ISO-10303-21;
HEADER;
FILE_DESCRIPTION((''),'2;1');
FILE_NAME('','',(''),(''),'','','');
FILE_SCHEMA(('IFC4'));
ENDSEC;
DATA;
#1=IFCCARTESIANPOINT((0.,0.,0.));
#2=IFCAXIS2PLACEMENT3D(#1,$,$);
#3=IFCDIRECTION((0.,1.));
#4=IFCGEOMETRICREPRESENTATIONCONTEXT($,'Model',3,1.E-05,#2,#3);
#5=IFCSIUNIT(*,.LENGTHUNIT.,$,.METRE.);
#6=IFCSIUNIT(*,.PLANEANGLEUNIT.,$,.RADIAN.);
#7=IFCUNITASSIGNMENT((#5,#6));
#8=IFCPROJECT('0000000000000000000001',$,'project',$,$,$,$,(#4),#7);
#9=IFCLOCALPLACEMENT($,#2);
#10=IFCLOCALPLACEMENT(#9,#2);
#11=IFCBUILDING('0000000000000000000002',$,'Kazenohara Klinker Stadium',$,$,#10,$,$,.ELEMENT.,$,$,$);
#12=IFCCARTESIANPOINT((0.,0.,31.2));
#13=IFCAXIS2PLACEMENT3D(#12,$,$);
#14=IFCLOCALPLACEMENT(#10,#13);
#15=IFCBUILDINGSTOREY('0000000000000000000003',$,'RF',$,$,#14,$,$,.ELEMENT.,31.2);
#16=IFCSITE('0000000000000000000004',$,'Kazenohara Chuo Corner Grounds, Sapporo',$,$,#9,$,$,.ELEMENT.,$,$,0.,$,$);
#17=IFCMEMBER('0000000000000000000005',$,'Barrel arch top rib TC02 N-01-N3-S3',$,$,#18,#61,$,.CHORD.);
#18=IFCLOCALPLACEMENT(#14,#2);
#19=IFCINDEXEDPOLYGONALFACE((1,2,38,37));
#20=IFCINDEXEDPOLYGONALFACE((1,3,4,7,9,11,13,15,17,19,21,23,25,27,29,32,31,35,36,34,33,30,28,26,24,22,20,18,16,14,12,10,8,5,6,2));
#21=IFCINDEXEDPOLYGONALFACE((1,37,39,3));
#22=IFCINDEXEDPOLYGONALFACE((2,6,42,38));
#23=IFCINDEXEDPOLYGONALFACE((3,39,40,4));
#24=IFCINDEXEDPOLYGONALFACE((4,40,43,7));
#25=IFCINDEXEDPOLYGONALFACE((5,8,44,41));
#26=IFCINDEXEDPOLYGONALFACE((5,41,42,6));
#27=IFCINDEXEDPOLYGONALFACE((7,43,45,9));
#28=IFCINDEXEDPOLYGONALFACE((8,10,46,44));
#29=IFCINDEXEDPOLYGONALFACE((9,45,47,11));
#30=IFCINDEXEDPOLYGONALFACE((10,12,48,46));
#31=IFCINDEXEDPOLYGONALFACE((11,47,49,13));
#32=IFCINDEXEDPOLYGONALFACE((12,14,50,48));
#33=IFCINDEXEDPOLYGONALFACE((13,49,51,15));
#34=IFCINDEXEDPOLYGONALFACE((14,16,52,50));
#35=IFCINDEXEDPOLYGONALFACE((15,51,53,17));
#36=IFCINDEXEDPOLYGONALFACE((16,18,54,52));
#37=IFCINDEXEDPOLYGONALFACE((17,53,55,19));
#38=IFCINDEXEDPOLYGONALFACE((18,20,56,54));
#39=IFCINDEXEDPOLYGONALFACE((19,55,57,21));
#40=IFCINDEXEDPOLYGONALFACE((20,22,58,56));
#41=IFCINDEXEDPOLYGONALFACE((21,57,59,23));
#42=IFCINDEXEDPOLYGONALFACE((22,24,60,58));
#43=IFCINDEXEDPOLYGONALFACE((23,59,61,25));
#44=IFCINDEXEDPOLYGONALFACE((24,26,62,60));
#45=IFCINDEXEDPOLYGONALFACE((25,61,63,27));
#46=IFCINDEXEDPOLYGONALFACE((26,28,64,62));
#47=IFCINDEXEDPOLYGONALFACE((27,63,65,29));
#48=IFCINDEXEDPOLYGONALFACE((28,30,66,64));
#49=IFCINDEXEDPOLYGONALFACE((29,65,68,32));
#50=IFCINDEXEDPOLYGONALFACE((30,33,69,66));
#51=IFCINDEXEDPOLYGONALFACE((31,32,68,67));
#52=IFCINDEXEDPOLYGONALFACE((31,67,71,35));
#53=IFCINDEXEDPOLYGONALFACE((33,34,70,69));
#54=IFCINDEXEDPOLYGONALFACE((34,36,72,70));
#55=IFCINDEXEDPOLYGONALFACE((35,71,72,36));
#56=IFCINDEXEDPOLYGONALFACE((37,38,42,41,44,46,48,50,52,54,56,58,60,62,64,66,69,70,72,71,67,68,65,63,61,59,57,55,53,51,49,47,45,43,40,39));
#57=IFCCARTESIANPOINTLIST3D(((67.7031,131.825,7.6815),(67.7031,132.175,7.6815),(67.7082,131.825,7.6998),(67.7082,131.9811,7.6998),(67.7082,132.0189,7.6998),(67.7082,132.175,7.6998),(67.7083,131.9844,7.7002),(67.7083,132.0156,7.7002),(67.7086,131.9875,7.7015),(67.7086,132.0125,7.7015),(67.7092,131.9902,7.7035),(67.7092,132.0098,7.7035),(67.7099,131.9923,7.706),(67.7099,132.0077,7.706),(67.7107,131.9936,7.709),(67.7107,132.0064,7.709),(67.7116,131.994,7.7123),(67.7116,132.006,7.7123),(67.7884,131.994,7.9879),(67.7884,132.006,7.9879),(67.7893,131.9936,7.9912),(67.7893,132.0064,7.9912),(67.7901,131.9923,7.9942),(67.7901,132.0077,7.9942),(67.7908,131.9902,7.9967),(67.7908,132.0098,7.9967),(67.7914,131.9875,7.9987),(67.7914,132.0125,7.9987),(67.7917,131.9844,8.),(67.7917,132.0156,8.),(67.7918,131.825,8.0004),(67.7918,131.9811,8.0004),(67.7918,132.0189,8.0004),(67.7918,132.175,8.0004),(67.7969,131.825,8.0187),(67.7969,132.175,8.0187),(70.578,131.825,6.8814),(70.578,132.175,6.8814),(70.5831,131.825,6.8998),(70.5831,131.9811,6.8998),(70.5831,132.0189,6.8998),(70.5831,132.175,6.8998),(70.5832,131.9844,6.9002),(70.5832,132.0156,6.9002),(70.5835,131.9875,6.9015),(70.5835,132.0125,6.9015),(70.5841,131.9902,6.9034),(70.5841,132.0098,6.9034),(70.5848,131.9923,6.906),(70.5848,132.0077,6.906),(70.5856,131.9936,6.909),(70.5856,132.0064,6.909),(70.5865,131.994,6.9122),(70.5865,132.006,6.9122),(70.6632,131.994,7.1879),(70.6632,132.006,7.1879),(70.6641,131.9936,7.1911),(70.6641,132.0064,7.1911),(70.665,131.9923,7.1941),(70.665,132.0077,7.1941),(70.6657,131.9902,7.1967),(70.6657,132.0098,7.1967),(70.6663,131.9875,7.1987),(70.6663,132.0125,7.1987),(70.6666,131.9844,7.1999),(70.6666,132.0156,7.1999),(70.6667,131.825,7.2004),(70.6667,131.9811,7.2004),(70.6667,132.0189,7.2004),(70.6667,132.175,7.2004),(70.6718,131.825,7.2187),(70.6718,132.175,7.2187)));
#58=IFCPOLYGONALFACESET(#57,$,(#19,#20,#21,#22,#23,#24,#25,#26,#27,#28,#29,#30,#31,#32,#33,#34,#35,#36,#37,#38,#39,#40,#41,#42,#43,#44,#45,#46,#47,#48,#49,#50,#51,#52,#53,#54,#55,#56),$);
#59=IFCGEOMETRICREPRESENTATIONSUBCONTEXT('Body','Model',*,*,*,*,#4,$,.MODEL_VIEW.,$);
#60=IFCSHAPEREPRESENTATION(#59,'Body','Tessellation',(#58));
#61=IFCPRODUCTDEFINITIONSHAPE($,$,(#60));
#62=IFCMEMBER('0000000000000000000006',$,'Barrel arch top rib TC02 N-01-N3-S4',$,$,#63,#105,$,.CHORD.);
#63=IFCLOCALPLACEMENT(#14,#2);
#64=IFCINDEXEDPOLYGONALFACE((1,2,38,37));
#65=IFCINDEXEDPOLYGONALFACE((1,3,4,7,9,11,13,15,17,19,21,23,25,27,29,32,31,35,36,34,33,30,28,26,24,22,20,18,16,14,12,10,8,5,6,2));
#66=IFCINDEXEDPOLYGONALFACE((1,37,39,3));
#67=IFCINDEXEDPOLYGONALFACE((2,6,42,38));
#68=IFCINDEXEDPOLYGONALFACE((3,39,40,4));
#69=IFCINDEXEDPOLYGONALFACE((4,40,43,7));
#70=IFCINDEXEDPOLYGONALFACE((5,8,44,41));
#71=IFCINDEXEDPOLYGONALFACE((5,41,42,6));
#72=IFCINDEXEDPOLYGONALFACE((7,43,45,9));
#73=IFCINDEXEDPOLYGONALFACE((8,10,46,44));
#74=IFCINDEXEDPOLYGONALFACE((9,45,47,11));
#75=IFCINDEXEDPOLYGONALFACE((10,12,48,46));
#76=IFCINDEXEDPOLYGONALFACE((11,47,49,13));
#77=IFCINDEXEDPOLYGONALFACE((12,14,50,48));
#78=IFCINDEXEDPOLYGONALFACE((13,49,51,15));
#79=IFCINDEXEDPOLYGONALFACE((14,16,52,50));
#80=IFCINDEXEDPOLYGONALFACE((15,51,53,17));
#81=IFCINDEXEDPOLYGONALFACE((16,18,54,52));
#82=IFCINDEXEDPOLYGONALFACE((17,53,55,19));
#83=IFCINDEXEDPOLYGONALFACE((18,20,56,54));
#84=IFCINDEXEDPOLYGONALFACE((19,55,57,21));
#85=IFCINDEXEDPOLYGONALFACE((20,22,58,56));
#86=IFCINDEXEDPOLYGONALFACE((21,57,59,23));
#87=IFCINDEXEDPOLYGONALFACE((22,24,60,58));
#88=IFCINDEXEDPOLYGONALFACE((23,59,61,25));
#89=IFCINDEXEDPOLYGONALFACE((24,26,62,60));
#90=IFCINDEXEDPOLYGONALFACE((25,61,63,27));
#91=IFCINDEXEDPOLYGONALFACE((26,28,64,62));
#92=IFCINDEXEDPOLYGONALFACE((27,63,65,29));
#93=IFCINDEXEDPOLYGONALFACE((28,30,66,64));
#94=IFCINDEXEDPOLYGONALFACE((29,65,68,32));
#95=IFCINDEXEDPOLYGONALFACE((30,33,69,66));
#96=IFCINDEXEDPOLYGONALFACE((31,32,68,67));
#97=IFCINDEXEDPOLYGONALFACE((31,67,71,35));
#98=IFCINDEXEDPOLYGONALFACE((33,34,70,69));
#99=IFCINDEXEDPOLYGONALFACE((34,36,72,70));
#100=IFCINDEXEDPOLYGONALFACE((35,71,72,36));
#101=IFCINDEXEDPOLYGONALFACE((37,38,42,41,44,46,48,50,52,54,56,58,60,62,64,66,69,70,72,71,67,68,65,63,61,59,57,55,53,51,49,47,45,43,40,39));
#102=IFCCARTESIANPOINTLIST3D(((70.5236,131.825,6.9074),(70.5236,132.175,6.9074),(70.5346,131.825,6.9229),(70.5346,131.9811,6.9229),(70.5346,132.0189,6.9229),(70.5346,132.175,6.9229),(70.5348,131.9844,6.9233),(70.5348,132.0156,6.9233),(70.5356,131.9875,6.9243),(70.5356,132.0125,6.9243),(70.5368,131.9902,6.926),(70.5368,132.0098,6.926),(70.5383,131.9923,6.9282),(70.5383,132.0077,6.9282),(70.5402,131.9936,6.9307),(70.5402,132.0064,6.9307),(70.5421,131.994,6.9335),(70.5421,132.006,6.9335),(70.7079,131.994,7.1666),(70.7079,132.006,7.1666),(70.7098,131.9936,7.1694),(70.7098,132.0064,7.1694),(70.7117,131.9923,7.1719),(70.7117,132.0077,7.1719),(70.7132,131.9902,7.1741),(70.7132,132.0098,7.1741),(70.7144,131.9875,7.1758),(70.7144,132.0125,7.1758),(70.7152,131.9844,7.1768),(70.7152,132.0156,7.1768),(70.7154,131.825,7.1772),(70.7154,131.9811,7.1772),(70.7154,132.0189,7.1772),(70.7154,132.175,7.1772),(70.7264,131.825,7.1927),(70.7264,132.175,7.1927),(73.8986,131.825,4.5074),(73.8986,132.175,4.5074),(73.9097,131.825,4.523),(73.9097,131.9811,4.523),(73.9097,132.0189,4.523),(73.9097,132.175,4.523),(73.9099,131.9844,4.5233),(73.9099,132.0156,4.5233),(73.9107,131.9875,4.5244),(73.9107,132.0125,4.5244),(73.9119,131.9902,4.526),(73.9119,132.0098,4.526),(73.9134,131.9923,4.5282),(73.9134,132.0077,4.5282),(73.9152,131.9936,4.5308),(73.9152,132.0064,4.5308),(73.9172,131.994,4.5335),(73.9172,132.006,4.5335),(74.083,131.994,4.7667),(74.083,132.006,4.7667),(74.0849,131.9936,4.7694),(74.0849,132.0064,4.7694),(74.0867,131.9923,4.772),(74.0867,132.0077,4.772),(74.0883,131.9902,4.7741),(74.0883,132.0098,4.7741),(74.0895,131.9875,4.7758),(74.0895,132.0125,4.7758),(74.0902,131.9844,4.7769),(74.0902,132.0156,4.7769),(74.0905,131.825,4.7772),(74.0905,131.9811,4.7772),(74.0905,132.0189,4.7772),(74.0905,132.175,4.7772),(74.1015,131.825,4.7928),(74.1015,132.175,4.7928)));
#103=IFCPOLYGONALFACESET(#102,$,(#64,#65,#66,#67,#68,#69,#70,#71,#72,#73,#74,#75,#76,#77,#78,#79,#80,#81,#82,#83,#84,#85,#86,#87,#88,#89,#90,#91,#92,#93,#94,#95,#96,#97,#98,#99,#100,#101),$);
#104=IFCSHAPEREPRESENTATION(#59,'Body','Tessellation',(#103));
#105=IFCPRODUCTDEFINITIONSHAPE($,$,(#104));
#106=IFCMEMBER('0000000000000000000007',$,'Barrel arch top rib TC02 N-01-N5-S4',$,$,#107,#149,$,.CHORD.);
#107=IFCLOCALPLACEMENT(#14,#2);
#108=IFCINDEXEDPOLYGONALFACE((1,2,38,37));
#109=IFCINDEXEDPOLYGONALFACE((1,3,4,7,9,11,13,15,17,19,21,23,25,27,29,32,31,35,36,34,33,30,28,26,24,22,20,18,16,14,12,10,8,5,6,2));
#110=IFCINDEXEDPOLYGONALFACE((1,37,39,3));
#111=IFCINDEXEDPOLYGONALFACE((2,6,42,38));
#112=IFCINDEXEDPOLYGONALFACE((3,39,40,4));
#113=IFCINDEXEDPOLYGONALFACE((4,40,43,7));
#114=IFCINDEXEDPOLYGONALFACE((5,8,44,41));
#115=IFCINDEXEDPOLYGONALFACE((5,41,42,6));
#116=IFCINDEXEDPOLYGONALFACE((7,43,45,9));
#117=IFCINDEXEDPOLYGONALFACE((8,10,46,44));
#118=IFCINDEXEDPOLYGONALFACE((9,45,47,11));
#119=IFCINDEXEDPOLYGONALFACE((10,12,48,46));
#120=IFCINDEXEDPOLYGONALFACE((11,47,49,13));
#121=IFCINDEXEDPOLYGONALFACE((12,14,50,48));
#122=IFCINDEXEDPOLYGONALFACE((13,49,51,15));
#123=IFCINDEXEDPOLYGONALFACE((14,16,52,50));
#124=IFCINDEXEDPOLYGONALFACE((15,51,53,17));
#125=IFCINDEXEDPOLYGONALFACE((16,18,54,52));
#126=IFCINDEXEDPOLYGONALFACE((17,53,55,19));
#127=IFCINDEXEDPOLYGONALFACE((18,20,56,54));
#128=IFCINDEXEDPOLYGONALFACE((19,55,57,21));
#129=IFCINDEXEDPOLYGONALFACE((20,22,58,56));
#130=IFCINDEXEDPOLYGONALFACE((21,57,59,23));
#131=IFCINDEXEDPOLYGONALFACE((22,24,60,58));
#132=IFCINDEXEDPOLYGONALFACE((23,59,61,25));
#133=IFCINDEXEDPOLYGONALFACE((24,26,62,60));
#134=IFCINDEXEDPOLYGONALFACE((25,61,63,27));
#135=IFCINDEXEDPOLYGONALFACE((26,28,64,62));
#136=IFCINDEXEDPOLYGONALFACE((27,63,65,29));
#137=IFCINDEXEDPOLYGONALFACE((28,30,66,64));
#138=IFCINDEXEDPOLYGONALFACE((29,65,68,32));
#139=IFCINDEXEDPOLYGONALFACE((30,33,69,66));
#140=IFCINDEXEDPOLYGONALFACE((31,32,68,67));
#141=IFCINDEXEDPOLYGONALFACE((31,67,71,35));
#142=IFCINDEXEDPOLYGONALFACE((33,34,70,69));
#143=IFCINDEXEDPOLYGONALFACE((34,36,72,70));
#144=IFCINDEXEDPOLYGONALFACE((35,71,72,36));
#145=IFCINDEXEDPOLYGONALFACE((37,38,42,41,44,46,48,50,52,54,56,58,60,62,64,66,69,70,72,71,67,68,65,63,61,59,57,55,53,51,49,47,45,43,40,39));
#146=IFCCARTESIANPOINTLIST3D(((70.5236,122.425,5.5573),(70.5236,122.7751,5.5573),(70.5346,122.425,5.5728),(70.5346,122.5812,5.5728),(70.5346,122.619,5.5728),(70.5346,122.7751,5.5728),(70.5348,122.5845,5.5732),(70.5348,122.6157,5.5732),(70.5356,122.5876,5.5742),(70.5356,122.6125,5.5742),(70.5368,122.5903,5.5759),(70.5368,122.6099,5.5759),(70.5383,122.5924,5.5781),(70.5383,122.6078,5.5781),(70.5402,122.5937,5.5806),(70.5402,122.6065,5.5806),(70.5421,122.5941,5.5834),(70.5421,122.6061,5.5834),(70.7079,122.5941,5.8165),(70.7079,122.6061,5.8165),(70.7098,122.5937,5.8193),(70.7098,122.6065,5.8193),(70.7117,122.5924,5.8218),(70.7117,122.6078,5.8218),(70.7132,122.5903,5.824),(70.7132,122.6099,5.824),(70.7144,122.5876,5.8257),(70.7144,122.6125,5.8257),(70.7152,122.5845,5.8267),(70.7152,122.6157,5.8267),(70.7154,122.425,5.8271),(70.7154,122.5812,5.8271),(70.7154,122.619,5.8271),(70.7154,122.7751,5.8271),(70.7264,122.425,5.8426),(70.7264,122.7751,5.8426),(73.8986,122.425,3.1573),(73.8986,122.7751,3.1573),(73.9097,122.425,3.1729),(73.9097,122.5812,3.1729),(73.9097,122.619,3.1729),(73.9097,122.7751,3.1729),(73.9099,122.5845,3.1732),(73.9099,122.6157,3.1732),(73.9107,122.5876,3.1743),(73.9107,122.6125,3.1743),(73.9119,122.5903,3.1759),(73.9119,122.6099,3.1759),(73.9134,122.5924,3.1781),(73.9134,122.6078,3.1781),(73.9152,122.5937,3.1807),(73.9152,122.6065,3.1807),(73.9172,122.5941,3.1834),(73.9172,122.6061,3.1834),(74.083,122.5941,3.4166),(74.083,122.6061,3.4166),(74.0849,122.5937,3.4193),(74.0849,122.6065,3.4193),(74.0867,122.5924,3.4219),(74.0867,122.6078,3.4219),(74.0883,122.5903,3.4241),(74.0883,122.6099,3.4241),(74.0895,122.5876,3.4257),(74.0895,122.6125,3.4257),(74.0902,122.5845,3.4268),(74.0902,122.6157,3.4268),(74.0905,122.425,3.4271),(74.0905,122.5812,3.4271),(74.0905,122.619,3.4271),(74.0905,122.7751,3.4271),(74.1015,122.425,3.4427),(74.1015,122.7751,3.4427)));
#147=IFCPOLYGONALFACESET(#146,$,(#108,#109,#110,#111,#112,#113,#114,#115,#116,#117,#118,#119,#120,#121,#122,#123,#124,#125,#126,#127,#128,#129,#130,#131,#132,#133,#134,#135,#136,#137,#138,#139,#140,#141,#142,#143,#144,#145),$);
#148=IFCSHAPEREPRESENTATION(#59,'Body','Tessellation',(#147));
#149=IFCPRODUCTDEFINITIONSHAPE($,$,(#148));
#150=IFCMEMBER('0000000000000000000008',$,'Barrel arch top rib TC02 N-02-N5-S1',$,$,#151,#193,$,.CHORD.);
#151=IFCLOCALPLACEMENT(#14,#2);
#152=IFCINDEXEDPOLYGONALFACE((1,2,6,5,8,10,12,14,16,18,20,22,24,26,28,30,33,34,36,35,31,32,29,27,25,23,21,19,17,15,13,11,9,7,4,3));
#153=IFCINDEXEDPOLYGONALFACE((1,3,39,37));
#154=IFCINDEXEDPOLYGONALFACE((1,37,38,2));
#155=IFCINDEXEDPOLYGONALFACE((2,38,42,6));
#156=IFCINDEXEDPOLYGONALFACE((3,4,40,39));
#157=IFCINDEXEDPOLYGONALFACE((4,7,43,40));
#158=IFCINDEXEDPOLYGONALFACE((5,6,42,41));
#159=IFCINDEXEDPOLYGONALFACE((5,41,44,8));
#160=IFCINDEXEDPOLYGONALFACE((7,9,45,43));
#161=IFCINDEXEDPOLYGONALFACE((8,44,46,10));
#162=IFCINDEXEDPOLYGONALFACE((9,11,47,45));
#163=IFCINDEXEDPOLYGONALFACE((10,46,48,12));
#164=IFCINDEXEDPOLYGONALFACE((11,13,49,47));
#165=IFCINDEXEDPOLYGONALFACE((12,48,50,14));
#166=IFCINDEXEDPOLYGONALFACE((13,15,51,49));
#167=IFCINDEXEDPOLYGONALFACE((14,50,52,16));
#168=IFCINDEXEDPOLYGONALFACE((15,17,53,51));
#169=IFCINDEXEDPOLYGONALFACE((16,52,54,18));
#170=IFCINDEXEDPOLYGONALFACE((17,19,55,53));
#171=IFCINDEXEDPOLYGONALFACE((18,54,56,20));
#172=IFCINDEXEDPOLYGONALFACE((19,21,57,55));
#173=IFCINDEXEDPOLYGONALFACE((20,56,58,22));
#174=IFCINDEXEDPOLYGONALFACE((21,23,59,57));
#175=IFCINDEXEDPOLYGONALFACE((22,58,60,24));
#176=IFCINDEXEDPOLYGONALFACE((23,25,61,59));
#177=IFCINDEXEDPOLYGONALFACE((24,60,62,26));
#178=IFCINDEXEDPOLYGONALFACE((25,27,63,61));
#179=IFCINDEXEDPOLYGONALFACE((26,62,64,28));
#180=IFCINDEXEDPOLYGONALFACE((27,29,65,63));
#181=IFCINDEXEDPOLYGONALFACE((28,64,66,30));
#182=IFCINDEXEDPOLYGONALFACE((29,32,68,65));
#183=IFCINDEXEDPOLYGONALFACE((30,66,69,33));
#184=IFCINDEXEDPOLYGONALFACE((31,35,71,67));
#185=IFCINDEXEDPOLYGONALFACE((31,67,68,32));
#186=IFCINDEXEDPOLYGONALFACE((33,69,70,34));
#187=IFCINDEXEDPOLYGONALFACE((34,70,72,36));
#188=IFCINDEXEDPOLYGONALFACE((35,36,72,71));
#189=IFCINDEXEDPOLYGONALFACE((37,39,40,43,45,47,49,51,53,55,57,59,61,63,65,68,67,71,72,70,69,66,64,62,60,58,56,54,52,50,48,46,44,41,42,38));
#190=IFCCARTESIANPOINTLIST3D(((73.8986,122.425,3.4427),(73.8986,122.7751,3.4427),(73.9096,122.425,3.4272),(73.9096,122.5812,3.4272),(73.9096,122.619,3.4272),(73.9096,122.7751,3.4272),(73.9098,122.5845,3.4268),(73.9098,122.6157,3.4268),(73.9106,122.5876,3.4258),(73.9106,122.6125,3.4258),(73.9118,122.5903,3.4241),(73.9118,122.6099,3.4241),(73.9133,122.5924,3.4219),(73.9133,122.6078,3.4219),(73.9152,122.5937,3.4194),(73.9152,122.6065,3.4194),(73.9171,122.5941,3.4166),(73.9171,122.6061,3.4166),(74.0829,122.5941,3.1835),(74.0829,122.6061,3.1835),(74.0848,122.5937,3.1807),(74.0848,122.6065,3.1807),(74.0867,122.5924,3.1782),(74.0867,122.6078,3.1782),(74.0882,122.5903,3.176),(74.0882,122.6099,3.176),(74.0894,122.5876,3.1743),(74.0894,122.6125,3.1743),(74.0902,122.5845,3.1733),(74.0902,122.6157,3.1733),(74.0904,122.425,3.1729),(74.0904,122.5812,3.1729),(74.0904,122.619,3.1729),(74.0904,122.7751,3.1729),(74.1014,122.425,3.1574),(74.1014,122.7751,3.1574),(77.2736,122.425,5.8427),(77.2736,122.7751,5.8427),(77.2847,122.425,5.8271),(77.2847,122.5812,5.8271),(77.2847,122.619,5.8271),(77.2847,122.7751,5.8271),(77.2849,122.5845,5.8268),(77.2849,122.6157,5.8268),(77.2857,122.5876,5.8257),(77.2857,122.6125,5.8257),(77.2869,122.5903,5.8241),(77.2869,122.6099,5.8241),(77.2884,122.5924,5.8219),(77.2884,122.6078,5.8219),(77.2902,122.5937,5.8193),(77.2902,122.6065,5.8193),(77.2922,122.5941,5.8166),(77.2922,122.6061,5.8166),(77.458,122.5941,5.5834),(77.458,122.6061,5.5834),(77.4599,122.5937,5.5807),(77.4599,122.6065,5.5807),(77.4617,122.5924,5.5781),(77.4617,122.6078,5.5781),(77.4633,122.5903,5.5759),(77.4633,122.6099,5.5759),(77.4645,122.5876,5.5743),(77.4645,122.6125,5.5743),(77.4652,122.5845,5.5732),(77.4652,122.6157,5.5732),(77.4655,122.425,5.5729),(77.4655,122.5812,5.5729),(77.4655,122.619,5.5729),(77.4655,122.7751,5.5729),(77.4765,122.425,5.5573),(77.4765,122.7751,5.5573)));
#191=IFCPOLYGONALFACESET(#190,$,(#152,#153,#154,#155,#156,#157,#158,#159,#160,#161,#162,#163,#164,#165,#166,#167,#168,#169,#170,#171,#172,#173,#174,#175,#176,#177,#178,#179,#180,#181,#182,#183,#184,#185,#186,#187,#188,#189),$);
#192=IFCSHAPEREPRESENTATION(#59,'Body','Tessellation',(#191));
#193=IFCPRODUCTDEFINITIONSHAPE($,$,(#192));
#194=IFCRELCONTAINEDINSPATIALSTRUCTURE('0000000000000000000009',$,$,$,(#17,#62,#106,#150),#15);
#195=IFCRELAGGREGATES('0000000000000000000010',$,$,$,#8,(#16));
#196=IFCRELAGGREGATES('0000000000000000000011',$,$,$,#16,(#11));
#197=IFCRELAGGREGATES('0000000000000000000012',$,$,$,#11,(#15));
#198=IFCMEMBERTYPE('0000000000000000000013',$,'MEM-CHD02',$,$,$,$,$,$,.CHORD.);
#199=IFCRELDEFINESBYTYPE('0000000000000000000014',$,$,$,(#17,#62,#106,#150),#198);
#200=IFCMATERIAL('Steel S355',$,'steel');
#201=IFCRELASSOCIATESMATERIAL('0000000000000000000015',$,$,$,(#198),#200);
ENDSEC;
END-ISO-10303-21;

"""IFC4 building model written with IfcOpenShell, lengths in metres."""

from ifc_helpers import new_model, si_unit, direction, frame, origin, origin_2d, place, context, subcontext, project, spatial, i_section, extrude, material, material_profile, profile_set, type_object, element, save


model = new_model("IFC4")

# Units and contexts
model_context = context("Model", 3, precision=1e-05, world=origin(), true_north=direction((0.0, 1.0)))
body_context = subcontext(model_context, "Body", "Model", "MODEL_VIEW")
ifc_project = project(units=[si_unit("LENGTHUNIT", "METRE"), si_unit("PLANEANGLEUNIT", "RADIAN")], contexts=[model_context])

# Site, building, storey
site_placement = place(None, origin())
site = spatial("IfcSite", under=ifc_project, at=site_placement, Name="Kazenohara Chuo Corner Grounds, Sapporo", CompositionType="ELEMENT", RefElevation=0.0)
building_placement = place(site_placement, origin())
building = spatial("IfcBuilding", under=site, at=building_placement, Name="Kazenohara Klinker Stadium", CompositionType="ELEMENT")
storey_placement = place(building_placement, frame((0.0, 0.0, 31.2)))
storey = spatial("IfcBuildingStorey", under=building, at=storey_placement, Name="RF", CompositionType="ELEMENT", Elevation=31.2)

# Members
ifc_material_1 = material(Name="Steel S355", Category="steel")
ifc_material_profile_1 = material_profile(ifc_material_1, i_section(OverallWidth=0.3501, OverallDepth=0.3501, WebThickness=0.012, FlangeThickness=0.019, FilletRadius=0.0129, at=origin_2d()), Name="H-350x350x12x19")
ifc_profile_set_1 = profile_set([ifc_material_profile_1], Name="Steel S355")
member_type_1 = type_object("IfcMemberType", Name="MEM-CHD02", PredefinedType="CHORD", material=ifc_profile_set_1)
member_1_placement = place(storey_placement, frame((67.75, 132.0, 7.8501), z_axis=(0.963394, 0.0, -0.268091), x_axis=(0.0, 1.0, 0.0)))
element("IfcMember", 1, at=member_1_placement, inside=storey, type_object=member_type_1, Name="Barrel arch top rib TC02 N-01-N3-S3", PredefinedType="CHORD", context=body_context, shape_type="SweptSolid", body=[
    extrude(i_section(OverallWidth=0.3501, OverallDepth=0.3501, WebThickness=0.012, FlangeThickness=0.019, FilletRadius=0.0129, at=origin_2d()), origin(), (0.0, 0.0, 1.0), 2.9841),
])
for number, where, z_axis, x_axis, name in (
    (2, (70.625, 132.0, 7.05), (0.814966, 0.0, -0.579508), (0.0, 1.0, 0.0), "Barrel arch top rib TC02 N-01-N3-S4"),
    (3, (70.625, 122.6001, 5.7), (0.814966, 0.0, -0.579508), (0.0, 1.0, 0.0), "Barrel arch top rib TC02 N-01-N5-S4"),
    (4, (74.0, 122.6001, 3.3), (0.814966, 0.0, 0.579508), (0.0, 1.0, 0.0), "Barrel arch top rib TC02 N-02-N5-S1"),
):
    element("IfcMember", number, at=place(storey_placement, frame(where, z_axis=z_axis, x_axis=x_axis)), inside=storey, type_object=member_type_1, Name=name, PredefinedType="CHORD", context=body_context, shape_type="SweptSolid", body=[
        extrude(i_section(OverallWidth=0.3501, OverallDepth=0.3501, WebThickness=0.012, FlangeThickness=0.019, FilletRadius=0.0129, at=origin_2d()), origin(), (0.0, 0.0, 1.0), 4.1414),
    ])

save(model, "model.ifc")
